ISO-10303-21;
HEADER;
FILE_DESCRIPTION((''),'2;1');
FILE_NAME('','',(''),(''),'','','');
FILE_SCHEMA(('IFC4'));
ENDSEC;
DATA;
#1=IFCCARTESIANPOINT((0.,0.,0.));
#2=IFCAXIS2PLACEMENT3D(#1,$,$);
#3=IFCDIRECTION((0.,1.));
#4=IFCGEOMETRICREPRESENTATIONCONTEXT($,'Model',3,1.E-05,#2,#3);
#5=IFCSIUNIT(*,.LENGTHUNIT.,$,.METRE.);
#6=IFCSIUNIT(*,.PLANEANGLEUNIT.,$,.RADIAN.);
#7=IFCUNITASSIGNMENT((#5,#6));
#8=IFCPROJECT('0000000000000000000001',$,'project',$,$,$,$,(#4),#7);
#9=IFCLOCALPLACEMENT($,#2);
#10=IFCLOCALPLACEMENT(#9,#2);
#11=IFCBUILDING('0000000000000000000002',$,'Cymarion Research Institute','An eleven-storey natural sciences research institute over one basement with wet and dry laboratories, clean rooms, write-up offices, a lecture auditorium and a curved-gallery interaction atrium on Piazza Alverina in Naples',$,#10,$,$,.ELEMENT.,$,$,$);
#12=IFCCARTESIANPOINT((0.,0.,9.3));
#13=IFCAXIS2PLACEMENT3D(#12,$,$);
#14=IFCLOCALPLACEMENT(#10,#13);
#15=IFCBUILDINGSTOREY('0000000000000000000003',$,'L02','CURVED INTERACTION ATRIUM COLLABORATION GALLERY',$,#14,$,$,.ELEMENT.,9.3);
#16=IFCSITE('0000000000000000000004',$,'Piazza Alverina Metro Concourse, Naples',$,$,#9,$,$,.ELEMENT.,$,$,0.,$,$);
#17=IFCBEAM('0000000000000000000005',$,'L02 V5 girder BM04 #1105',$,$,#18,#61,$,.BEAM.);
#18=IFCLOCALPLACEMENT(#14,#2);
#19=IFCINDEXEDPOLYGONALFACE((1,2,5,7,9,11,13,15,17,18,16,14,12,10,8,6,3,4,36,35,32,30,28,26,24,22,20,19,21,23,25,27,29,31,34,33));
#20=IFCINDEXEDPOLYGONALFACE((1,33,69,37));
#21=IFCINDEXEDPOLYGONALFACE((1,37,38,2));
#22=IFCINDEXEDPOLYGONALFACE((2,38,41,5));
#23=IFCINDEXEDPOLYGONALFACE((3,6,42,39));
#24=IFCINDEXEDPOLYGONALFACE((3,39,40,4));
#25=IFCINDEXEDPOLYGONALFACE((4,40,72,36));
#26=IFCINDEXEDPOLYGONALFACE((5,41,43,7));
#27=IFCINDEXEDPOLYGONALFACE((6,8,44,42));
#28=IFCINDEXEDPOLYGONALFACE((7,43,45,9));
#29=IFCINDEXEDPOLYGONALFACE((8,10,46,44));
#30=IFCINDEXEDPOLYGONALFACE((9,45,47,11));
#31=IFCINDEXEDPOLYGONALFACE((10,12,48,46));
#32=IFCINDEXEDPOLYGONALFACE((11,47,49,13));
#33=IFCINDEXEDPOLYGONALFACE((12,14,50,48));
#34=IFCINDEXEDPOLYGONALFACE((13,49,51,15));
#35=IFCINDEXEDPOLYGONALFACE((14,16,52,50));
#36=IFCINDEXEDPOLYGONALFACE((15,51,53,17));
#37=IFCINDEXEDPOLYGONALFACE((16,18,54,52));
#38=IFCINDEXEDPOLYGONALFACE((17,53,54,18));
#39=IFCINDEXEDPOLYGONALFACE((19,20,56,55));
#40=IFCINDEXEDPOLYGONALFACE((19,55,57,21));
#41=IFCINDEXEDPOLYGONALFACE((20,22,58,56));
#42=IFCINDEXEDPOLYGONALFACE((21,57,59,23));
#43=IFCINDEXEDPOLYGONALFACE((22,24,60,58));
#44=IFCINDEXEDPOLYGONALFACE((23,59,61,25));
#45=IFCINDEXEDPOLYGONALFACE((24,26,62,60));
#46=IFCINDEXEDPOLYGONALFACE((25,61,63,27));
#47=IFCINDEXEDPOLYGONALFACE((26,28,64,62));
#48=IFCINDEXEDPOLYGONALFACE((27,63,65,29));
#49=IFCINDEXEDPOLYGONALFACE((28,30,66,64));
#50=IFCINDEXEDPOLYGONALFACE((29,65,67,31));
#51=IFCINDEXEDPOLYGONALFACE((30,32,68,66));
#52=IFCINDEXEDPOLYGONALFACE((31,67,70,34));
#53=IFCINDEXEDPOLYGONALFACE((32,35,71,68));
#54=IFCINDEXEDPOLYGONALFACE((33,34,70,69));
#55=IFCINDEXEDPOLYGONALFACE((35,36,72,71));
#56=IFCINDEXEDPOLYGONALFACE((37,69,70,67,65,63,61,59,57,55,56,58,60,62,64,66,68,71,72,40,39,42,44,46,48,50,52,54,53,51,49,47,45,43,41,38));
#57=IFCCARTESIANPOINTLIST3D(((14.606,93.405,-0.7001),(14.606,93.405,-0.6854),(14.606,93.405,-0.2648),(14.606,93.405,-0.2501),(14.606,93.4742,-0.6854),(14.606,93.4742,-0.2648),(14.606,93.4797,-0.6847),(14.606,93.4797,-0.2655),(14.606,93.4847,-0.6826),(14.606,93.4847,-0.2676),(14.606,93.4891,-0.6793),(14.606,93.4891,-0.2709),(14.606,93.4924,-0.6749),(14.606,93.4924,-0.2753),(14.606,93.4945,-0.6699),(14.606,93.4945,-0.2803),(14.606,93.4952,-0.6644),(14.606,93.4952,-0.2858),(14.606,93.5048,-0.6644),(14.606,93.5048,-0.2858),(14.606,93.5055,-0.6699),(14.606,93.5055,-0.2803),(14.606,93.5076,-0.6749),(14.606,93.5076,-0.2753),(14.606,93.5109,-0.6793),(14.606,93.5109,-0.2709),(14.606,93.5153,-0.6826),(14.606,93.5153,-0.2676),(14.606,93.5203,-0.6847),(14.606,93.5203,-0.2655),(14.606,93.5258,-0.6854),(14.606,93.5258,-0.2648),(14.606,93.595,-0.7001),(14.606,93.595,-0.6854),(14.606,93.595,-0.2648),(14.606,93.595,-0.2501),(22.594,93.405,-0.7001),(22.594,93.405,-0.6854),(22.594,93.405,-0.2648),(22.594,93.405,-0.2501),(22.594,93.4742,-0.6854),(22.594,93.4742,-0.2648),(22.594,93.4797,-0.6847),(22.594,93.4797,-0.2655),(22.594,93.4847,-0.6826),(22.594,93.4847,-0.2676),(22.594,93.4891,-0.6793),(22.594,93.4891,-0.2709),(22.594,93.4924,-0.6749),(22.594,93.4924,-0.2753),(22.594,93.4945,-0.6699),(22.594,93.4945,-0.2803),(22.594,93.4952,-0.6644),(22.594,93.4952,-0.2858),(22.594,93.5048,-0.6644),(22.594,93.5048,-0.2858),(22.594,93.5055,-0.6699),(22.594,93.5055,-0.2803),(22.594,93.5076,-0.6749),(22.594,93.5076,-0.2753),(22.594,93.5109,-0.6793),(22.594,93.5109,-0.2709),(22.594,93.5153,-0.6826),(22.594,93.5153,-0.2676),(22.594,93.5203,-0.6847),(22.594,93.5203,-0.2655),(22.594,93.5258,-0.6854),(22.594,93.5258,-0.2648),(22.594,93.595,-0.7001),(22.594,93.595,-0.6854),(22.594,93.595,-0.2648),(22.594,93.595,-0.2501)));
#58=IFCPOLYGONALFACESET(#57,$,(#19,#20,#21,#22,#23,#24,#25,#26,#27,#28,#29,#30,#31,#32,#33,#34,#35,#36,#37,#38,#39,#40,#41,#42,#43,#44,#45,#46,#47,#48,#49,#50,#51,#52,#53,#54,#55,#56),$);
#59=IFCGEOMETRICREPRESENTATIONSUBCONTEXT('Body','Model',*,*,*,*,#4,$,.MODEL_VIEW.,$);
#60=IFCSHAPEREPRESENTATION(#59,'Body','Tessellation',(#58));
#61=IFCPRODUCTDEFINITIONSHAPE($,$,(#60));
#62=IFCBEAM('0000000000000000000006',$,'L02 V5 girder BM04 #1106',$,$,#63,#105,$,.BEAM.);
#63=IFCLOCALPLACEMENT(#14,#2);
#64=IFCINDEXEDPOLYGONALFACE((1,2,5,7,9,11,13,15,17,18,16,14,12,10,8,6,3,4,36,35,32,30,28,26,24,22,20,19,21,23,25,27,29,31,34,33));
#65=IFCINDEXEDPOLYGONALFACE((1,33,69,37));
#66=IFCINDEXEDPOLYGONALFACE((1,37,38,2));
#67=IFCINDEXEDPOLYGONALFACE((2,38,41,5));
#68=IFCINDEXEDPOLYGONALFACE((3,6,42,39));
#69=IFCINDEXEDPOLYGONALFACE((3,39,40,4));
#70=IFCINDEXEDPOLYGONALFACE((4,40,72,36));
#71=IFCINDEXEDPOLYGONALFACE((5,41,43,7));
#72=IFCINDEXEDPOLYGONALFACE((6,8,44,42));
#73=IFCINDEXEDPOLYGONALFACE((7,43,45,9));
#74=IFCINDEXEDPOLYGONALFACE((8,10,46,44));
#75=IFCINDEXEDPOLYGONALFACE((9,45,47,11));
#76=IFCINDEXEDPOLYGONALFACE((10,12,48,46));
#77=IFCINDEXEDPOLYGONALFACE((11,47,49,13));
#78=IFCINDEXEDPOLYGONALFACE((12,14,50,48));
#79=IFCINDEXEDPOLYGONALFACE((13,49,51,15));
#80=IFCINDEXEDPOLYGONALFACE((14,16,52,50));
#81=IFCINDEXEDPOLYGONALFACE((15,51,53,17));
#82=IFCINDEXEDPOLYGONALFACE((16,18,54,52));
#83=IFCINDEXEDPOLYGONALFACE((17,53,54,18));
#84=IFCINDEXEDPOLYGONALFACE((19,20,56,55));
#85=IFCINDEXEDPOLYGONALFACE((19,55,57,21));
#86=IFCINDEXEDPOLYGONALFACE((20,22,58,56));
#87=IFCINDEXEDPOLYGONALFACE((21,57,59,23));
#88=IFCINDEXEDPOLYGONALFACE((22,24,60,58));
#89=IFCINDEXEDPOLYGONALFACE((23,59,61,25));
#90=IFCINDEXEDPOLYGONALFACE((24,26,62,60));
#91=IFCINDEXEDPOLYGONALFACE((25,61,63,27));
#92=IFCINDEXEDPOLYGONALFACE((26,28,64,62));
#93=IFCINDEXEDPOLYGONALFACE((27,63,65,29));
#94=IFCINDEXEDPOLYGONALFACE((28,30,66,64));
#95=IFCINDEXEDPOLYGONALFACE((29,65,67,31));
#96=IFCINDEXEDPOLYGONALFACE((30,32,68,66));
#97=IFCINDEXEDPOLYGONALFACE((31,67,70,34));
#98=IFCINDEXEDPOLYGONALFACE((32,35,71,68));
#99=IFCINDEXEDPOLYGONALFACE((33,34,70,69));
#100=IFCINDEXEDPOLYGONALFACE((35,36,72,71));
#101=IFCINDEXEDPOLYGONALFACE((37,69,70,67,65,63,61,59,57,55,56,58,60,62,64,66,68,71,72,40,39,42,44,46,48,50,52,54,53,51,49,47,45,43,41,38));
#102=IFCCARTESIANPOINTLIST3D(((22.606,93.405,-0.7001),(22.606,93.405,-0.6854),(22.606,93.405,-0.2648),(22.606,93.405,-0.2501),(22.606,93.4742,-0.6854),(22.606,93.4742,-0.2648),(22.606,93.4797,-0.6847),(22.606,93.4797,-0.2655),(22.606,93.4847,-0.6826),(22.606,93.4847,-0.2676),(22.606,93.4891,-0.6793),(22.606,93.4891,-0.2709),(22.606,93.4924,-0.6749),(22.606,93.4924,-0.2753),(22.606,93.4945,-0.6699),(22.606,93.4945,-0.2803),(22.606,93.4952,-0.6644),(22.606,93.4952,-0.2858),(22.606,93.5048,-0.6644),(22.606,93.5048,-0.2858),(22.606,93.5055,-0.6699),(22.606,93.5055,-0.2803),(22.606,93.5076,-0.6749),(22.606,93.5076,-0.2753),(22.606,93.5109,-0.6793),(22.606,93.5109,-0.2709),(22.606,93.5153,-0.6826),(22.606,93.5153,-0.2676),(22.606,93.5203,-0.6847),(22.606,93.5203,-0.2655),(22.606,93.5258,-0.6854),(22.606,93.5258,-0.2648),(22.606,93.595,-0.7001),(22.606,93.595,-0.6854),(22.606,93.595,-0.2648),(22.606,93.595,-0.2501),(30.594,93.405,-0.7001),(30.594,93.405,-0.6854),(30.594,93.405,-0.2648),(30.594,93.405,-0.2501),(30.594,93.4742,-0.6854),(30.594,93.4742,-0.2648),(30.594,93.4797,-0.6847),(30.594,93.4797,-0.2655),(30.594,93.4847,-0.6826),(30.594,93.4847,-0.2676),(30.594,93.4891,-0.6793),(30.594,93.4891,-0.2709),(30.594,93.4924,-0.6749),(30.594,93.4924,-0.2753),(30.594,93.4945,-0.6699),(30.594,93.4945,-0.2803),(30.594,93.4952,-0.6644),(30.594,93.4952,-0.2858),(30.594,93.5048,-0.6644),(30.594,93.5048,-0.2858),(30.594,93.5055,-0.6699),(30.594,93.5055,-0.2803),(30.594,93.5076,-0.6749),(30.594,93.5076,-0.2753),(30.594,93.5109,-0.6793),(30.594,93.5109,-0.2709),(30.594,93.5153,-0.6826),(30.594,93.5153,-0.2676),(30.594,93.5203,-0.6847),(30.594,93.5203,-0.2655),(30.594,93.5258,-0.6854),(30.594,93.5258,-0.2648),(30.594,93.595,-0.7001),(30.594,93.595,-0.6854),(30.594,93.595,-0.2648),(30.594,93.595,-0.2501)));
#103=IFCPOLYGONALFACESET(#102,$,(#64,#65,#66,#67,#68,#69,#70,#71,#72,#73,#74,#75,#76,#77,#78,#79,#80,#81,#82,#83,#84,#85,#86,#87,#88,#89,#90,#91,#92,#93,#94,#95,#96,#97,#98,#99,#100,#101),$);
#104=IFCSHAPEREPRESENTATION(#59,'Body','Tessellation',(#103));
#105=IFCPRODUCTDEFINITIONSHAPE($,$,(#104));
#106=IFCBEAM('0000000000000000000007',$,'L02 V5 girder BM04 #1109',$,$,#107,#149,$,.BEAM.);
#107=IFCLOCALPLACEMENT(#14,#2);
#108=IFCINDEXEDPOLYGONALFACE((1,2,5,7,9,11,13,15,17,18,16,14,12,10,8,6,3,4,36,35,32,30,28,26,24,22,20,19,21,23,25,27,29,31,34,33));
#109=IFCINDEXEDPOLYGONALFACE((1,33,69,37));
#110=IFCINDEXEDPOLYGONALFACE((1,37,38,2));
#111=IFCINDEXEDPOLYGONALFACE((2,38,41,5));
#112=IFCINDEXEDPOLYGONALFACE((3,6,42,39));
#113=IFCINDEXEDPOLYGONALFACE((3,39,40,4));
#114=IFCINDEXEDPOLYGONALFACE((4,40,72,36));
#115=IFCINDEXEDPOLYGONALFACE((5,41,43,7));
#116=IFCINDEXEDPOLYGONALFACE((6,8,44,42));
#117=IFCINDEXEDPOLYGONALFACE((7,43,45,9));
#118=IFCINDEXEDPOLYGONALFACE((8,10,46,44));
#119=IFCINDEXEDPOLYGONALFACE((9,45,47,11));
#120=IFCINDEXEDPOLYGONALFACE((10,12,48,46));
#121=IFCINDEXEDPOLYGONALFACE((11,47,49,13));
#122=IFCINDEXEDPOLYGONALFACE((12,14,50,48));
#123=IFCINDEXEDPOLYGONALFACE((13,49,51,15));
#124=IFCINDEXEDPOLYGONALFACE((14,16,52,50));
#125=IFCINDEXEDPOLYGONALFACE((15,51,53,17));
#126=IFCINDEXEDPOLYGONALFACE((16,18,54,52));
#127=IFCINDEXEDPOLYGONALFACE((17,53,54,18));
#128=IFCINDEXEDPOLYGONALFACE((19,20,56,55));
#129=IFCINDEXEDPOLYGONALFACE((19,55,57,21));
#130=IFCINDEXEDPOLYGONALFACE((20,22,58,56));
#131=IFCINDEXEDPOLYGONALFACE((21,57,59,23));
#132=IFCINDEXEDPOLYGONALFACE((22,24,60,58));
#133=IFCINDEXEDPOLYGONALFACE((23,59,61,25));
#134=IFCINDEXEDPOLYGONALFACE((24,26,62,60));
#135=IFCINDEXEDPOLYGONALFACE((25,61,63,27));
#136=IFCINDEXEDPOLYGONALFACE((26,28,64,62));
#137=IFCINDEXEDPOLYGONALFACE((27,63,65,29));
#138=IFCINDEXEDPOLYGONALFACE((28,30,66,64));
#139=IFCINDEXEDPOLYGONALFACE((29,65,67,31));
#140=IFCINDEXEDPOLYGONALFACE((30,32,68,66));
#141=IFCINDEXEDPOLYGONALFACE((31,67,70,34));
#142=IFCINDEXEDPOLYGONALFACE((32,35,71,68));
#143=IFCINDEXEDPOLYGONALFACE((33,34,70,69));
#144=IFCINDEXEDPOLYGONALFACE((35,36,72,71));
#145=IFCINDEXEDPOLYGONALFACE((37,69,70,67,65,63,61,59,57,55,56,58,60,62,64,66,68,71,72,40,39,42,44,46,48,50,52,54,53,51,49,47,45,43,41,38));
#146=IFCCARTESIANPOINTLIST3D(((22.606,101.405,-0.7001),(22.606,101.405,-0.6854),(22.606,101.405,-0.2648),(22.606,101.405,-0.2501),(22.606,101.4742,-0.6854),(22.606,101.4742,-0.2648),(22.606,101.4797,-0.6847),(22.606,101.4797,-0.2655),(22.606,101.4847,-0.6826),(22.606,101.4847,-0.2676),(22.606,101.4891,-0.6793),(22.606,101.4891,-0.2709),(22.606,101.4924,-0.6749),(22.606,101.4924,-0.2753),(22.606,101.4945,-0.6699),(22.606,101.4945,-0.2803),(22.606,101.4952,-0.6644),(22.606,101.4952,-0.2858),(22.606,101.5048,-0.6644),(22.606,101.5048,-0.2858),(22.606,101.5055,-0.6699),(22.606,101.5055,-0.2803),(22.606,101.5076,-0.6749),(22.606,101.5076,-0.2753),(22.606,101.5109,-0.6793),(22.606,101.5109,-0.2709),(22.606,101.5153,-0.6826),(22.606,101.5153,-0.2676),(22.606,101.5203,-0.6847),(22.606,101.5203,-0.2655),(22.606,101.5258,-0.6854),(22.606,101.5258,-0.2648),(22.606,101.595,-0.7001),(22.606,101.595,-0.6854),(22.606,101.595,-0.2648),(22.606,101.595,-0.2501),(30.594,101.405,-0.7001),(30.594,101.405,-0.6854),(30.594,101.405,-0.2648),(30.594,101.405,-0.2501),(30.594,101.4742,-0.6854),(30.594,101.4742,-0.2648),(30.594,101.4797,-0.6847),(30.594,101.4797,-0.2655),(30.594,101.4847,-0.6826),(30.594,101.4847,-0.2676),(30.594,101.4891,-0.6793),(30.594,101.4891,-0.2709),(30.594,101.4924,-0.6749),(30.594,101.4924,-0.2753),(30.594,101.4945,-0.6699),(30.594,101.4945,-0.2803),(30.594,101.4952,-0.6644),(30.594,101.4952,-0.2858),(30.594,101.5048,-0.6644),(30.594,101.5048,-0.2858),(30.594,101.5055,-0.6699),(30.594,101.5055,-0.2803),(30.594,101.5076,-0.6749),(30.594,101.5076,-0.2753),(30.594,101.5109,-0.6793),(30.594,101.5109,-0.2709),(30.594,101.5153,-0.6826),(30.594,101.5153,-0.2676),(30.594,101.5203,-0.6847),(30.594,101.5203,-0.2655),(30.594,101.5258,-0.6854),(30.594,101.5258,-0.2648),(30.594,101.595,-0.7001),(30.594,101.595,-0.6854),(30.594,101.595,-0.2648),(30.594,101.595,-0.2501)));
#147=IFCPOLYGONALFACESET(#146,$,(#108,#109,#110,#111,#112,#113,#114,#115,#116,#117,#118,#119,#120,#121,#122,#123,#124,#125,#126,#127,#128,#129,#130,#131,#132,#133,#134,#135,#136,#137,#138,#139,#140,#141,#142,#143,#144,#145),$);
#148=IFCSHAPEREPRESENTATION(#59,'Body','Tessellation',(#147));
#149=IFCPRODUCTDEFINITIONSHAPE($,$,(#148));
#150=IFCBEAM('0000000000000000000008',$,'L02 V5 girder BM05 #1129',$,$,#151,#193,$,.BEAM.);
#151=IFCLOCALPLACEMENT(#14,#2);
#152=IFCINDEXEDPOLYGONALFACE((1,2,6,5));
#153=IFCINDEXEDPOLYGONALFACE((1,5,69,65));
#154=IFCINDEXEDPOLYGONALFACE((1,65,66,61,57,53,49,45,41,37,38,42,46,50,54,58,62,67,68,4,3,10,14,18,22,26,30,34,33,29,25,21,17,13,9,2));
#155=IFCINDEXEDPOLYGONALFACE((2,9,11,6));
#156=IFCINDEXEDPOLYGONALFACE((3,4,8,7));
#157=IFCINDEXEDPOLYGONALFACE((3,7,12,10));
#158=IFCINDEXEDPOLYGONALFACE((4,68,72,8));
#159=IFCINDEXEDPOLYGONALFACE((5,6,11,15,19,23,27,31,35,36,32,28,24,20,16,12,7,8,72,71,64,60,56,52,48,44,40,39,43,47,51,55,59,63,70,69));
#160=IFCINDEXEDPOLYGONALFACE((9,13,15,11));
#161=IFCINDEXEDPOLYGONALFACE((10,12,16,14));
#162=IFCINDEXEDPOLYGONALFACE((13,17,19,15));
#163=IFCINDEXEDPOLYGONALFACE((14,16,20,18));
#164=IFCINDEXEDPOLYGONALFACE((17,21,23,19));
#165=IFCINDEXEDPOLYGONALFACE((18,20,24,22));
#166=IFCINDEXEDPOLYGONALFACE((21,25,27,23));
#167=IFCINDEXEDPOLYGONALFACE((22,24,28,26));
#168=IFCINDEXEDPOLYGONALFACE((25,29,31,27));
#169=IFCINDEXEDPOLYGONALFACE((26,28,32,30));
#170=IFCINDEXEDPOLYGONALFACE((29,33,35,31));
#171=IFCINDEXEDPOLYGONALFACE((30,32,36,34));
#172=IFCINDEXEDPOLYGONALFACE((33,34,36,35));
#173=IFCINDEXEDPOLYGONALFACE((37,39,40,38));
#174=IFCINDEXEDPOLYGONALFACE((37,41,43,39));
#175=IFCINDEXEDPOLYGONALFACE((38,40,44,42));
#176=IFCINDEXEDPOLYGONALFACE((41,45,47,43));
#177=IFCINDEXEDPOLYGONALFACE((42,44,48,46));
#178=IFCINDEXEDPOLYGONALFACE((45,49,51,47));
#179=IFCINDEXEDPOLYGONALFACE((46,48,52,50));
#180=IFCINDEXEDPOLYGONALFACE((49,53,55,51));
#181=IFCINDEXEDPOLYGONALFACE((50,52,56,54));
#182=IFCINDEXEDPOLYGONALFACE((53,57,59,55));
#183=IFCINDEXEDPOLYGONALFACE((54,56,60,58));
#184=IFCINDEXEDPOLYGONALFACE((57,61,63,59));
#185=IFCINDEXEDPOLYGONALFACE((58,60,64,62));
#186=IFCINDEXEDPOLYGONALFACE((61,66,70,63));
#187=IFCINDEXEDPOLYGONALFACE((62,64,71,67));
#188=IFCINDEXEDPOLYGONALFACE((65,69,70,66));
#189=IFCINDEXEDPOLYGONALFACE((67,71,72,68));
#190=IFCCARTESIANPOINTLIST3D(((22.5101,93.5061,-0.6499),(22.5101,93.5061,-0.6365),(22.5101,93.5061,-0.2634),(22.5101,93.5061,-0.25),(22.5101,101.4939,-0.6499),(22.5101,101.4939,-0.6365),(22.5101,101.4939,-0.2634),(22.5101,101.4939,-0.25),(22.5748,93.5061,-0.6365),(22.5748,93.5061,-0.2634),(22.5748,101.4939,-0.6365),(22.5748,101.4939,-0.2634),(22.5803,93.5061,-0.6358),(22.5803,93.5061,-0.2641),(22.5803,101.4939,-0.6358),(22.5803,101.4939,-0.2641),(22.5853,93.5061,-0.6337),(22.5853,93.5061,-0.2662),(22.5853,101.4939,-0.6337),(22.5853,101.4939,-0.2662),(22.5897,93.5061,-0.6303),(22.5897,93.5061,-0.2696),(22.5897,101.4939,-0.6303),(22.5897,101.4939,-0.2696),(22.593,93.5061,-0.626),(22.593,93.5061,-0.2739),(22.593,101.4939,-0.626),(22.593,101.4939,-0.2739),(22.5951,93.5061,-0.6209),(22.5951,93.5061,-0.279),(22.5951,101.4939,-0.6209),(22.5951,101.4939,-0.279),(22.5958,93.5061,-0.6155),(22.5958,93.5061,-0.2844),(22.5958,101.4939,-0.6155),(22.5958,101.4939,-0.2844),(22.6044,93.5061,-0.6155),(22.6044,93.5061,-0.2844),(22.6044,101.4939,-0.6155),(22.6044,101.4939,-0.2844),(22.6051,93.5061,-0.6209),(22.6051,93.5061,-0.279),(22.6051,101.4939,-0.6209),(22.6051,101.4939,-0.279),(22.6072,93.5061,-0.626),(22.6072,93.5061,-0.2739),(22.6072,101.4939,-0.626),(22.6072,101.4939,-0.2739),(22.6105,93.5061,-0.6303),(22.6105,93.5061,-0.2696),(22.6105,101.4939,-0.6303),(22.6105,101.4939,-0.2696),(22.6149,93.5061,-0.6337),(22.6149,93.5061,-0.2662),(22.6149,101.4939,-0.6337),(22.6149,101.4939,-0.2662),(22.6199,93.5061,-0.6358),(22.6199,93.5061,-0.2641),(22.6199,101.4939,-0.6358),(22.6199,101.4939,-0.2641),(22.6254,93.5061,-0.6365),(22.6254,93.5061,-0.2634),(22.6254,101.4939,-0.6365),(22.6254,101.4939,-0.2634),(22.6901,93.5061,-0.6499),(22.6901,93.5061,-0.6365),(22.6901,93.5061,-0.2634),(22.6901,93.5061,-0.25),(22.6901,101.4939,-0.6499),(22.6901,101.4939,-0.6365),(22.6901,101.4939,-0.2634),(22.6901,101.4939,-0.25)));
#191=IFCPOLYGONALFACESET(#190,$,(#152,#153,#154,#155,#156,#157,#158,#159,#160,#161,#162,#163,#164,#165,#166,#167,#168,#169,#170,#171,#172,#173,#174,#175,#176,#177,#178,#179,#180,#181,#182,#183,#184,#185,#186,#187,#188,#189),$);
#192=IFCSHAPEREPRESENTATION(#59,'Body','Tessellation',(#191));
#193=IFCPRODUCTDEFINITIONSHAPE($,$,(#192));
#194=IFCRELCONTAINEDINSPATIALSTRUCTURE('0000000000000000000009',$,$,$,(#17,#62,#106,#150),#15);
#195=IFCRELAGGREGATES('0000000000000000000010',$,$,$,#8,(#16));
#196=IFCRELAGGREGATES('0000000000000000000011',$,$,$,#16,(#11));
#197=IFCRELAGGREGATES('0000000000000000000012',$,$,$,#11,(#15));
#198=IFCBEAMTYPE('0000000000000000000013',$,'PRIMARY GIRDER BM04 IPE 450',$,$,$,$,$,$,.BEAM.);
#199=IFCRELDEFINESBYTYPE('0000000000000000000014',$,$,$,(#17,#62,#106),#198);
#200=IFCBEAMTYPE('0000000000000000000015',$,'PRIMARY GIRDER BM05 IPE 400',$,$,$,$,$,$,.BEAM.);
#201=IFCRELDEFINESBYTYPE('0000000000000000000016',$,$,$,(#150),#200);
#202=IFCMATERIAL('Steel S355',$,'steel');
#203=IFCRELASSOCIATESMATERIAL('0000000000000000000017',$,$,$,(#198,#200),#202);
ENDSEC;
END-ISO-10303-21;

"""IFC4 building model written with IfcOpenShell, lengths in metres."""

from ifc_helpers import new_model, si_unit, direction, frame, origin, origin_2d, place, context, subcontext, project, spatial, i_section, extrude, material, material_profile, profile_set, type_object, element, save


model = new_model("IFC4")

# Units and contexts
model_context = context("Model", 3, precision=1e-05, world=origin(), true_north=direction((0.0, 1.0)))
body_context = subcontext(model_context, "Body", "Model", "MODEL_VIEW")
ifc_project = project(units=[si_unit("LENGTHUNIT", "METRE"), si_unit("PLANEANGLEUNIT", "RADIAN")], contexts=[model_context])

# Site, building, storey
site_placement = place(None, origin())
site = spatial("IfcSite", under=ifc_project, at=site_placement, Name="Piazza Alverina Metro Concourse, Naples", CompositionType="ELEMENT", RefElevation=0.0)
building_placement = place(site_placement, origin())
building = spatial("IfcBuilding", under=site, at=building_placement, Name="Cymarion Research Institute", Description="An eleven-storey natural sciences research institute over one basement with wet and dry laboratories, clean rooms, write-up offices, a lecture auditorium and a curved-gallery interaction atrium on Piazza Alverina in Naples", CompositionType="ELEMENT")
storey_placement = place(building_placement, frame((0.0, 0.0, 9.3)))
storey = spatial("IfcBuildingStorey", under=building, at=storey_placement, Name="L02", Description="CURVED INTERACTION ATRIUM COLLABORATION GALLERY", CompositionType="ELEMENT", Elevation=9.3)

# Shared definitions
ifc_material_1 = material(Name="Steel S355", Category="steel")

# Beams
ifc_material_profile_1 = material_profile(ifc_material_1, i_section(OverallWidth=0.1899, OverallDepth=0.45, WebThickness=0.0095, FlangeThickness=0.0146, FilletRadius=0.021, at=origin_2d()), Name="IPE 450")
ifc_profile_set_1 = profile_set([ifc_material_profile_1], Name="Steel S355")
beam_type_1 = type_object("IfcBeamType", Name="PRIMARY GIRDER BM04 IPE 450", PredefinedType="BEAM", material=ifc_profile_set_1)
for number, where, z_axis, x_axis, name in (
    (1, (14.606, 93.5, -0.4751), (1.0, 0.0, 0.0), (0.0, 1.0, 0.0), "L02 V5 girder BM04 #1105"),
    (2, (22.606, 93.5, -0.4751), (1.0, 0.0, 0.0), (0.0, 1.0, 0.0), "L02 V5 girder BM04 #1106"),
    (3, (22.606, 101.5, -0.4751), (1.0, 0.0, 0.0), (0.0, 1.0, 0.0), "L02 V5 girder BM04 #1109"),
):
    element("IfcBeam", number, at=place(storey_placement, frame(where, z_axis=z_axis, x_axis=x_axis)), inside=storey, type_object=beam_type_1, Name=name, PredefinedType="BEAM", context=body_context, shape_type="SweptSolid", body=[
        extrude(i_section(OverallWidth=0.1899, OverallDepth=0.45, WebThickness=0.0095, FlangeThickness=0.0146, FilletRadius=0.021, at=origin_2d()), origin(), (0.0, 0.0, 1.0), 7.988),
    ])
ifc_material_profile_2 = material_profile(ifc_material_1, i_section(OverallWidth=0.1799, OverallDepth=0.3999, WebThickness=0.0085, FlangeThickness=0.0134, FilletRadius=0.021, at=origin_2d()), Name="IPE 400")
ifc_profile_set_2 = profile_set([ifc_material_profile_2], Name="Steel S355")
beam_type_2 = type_object("IfcBeamType", Name="PRIMARY GIRDER BM05 IPE 400", PredefinedType="BEAM", material=ifc_profile_set_2)
for number, where, z_axis, x_axis, name in (
    (4, (22.6001, 93.5061, -0.45), (0.0, 1.0, 0.0), (-1.0, 0.0, 0.0), "L02 V5 girder BM05 #1129"),
):
    element("IfcBeam", number, at=place(storey_placement, frame(where, z_axis=z_axis, x_axis=x_axis)), inside=storey, type_object=beam_type_2, Name=name, PredefinedType="BEAM", context=body_context, shape_type="SweptSolid", body=[
        extrude(i_section(OverallWidth=0.1799, OverallDepth=0.3999, WebThickness=0.0085, FlangeThickness=0.0134, FilletRadius=0.021, at=origin_2d()), origin(), (0.0, 0.0, 1.0), 7.9878),
    ])

save(model, "model.ifc")
